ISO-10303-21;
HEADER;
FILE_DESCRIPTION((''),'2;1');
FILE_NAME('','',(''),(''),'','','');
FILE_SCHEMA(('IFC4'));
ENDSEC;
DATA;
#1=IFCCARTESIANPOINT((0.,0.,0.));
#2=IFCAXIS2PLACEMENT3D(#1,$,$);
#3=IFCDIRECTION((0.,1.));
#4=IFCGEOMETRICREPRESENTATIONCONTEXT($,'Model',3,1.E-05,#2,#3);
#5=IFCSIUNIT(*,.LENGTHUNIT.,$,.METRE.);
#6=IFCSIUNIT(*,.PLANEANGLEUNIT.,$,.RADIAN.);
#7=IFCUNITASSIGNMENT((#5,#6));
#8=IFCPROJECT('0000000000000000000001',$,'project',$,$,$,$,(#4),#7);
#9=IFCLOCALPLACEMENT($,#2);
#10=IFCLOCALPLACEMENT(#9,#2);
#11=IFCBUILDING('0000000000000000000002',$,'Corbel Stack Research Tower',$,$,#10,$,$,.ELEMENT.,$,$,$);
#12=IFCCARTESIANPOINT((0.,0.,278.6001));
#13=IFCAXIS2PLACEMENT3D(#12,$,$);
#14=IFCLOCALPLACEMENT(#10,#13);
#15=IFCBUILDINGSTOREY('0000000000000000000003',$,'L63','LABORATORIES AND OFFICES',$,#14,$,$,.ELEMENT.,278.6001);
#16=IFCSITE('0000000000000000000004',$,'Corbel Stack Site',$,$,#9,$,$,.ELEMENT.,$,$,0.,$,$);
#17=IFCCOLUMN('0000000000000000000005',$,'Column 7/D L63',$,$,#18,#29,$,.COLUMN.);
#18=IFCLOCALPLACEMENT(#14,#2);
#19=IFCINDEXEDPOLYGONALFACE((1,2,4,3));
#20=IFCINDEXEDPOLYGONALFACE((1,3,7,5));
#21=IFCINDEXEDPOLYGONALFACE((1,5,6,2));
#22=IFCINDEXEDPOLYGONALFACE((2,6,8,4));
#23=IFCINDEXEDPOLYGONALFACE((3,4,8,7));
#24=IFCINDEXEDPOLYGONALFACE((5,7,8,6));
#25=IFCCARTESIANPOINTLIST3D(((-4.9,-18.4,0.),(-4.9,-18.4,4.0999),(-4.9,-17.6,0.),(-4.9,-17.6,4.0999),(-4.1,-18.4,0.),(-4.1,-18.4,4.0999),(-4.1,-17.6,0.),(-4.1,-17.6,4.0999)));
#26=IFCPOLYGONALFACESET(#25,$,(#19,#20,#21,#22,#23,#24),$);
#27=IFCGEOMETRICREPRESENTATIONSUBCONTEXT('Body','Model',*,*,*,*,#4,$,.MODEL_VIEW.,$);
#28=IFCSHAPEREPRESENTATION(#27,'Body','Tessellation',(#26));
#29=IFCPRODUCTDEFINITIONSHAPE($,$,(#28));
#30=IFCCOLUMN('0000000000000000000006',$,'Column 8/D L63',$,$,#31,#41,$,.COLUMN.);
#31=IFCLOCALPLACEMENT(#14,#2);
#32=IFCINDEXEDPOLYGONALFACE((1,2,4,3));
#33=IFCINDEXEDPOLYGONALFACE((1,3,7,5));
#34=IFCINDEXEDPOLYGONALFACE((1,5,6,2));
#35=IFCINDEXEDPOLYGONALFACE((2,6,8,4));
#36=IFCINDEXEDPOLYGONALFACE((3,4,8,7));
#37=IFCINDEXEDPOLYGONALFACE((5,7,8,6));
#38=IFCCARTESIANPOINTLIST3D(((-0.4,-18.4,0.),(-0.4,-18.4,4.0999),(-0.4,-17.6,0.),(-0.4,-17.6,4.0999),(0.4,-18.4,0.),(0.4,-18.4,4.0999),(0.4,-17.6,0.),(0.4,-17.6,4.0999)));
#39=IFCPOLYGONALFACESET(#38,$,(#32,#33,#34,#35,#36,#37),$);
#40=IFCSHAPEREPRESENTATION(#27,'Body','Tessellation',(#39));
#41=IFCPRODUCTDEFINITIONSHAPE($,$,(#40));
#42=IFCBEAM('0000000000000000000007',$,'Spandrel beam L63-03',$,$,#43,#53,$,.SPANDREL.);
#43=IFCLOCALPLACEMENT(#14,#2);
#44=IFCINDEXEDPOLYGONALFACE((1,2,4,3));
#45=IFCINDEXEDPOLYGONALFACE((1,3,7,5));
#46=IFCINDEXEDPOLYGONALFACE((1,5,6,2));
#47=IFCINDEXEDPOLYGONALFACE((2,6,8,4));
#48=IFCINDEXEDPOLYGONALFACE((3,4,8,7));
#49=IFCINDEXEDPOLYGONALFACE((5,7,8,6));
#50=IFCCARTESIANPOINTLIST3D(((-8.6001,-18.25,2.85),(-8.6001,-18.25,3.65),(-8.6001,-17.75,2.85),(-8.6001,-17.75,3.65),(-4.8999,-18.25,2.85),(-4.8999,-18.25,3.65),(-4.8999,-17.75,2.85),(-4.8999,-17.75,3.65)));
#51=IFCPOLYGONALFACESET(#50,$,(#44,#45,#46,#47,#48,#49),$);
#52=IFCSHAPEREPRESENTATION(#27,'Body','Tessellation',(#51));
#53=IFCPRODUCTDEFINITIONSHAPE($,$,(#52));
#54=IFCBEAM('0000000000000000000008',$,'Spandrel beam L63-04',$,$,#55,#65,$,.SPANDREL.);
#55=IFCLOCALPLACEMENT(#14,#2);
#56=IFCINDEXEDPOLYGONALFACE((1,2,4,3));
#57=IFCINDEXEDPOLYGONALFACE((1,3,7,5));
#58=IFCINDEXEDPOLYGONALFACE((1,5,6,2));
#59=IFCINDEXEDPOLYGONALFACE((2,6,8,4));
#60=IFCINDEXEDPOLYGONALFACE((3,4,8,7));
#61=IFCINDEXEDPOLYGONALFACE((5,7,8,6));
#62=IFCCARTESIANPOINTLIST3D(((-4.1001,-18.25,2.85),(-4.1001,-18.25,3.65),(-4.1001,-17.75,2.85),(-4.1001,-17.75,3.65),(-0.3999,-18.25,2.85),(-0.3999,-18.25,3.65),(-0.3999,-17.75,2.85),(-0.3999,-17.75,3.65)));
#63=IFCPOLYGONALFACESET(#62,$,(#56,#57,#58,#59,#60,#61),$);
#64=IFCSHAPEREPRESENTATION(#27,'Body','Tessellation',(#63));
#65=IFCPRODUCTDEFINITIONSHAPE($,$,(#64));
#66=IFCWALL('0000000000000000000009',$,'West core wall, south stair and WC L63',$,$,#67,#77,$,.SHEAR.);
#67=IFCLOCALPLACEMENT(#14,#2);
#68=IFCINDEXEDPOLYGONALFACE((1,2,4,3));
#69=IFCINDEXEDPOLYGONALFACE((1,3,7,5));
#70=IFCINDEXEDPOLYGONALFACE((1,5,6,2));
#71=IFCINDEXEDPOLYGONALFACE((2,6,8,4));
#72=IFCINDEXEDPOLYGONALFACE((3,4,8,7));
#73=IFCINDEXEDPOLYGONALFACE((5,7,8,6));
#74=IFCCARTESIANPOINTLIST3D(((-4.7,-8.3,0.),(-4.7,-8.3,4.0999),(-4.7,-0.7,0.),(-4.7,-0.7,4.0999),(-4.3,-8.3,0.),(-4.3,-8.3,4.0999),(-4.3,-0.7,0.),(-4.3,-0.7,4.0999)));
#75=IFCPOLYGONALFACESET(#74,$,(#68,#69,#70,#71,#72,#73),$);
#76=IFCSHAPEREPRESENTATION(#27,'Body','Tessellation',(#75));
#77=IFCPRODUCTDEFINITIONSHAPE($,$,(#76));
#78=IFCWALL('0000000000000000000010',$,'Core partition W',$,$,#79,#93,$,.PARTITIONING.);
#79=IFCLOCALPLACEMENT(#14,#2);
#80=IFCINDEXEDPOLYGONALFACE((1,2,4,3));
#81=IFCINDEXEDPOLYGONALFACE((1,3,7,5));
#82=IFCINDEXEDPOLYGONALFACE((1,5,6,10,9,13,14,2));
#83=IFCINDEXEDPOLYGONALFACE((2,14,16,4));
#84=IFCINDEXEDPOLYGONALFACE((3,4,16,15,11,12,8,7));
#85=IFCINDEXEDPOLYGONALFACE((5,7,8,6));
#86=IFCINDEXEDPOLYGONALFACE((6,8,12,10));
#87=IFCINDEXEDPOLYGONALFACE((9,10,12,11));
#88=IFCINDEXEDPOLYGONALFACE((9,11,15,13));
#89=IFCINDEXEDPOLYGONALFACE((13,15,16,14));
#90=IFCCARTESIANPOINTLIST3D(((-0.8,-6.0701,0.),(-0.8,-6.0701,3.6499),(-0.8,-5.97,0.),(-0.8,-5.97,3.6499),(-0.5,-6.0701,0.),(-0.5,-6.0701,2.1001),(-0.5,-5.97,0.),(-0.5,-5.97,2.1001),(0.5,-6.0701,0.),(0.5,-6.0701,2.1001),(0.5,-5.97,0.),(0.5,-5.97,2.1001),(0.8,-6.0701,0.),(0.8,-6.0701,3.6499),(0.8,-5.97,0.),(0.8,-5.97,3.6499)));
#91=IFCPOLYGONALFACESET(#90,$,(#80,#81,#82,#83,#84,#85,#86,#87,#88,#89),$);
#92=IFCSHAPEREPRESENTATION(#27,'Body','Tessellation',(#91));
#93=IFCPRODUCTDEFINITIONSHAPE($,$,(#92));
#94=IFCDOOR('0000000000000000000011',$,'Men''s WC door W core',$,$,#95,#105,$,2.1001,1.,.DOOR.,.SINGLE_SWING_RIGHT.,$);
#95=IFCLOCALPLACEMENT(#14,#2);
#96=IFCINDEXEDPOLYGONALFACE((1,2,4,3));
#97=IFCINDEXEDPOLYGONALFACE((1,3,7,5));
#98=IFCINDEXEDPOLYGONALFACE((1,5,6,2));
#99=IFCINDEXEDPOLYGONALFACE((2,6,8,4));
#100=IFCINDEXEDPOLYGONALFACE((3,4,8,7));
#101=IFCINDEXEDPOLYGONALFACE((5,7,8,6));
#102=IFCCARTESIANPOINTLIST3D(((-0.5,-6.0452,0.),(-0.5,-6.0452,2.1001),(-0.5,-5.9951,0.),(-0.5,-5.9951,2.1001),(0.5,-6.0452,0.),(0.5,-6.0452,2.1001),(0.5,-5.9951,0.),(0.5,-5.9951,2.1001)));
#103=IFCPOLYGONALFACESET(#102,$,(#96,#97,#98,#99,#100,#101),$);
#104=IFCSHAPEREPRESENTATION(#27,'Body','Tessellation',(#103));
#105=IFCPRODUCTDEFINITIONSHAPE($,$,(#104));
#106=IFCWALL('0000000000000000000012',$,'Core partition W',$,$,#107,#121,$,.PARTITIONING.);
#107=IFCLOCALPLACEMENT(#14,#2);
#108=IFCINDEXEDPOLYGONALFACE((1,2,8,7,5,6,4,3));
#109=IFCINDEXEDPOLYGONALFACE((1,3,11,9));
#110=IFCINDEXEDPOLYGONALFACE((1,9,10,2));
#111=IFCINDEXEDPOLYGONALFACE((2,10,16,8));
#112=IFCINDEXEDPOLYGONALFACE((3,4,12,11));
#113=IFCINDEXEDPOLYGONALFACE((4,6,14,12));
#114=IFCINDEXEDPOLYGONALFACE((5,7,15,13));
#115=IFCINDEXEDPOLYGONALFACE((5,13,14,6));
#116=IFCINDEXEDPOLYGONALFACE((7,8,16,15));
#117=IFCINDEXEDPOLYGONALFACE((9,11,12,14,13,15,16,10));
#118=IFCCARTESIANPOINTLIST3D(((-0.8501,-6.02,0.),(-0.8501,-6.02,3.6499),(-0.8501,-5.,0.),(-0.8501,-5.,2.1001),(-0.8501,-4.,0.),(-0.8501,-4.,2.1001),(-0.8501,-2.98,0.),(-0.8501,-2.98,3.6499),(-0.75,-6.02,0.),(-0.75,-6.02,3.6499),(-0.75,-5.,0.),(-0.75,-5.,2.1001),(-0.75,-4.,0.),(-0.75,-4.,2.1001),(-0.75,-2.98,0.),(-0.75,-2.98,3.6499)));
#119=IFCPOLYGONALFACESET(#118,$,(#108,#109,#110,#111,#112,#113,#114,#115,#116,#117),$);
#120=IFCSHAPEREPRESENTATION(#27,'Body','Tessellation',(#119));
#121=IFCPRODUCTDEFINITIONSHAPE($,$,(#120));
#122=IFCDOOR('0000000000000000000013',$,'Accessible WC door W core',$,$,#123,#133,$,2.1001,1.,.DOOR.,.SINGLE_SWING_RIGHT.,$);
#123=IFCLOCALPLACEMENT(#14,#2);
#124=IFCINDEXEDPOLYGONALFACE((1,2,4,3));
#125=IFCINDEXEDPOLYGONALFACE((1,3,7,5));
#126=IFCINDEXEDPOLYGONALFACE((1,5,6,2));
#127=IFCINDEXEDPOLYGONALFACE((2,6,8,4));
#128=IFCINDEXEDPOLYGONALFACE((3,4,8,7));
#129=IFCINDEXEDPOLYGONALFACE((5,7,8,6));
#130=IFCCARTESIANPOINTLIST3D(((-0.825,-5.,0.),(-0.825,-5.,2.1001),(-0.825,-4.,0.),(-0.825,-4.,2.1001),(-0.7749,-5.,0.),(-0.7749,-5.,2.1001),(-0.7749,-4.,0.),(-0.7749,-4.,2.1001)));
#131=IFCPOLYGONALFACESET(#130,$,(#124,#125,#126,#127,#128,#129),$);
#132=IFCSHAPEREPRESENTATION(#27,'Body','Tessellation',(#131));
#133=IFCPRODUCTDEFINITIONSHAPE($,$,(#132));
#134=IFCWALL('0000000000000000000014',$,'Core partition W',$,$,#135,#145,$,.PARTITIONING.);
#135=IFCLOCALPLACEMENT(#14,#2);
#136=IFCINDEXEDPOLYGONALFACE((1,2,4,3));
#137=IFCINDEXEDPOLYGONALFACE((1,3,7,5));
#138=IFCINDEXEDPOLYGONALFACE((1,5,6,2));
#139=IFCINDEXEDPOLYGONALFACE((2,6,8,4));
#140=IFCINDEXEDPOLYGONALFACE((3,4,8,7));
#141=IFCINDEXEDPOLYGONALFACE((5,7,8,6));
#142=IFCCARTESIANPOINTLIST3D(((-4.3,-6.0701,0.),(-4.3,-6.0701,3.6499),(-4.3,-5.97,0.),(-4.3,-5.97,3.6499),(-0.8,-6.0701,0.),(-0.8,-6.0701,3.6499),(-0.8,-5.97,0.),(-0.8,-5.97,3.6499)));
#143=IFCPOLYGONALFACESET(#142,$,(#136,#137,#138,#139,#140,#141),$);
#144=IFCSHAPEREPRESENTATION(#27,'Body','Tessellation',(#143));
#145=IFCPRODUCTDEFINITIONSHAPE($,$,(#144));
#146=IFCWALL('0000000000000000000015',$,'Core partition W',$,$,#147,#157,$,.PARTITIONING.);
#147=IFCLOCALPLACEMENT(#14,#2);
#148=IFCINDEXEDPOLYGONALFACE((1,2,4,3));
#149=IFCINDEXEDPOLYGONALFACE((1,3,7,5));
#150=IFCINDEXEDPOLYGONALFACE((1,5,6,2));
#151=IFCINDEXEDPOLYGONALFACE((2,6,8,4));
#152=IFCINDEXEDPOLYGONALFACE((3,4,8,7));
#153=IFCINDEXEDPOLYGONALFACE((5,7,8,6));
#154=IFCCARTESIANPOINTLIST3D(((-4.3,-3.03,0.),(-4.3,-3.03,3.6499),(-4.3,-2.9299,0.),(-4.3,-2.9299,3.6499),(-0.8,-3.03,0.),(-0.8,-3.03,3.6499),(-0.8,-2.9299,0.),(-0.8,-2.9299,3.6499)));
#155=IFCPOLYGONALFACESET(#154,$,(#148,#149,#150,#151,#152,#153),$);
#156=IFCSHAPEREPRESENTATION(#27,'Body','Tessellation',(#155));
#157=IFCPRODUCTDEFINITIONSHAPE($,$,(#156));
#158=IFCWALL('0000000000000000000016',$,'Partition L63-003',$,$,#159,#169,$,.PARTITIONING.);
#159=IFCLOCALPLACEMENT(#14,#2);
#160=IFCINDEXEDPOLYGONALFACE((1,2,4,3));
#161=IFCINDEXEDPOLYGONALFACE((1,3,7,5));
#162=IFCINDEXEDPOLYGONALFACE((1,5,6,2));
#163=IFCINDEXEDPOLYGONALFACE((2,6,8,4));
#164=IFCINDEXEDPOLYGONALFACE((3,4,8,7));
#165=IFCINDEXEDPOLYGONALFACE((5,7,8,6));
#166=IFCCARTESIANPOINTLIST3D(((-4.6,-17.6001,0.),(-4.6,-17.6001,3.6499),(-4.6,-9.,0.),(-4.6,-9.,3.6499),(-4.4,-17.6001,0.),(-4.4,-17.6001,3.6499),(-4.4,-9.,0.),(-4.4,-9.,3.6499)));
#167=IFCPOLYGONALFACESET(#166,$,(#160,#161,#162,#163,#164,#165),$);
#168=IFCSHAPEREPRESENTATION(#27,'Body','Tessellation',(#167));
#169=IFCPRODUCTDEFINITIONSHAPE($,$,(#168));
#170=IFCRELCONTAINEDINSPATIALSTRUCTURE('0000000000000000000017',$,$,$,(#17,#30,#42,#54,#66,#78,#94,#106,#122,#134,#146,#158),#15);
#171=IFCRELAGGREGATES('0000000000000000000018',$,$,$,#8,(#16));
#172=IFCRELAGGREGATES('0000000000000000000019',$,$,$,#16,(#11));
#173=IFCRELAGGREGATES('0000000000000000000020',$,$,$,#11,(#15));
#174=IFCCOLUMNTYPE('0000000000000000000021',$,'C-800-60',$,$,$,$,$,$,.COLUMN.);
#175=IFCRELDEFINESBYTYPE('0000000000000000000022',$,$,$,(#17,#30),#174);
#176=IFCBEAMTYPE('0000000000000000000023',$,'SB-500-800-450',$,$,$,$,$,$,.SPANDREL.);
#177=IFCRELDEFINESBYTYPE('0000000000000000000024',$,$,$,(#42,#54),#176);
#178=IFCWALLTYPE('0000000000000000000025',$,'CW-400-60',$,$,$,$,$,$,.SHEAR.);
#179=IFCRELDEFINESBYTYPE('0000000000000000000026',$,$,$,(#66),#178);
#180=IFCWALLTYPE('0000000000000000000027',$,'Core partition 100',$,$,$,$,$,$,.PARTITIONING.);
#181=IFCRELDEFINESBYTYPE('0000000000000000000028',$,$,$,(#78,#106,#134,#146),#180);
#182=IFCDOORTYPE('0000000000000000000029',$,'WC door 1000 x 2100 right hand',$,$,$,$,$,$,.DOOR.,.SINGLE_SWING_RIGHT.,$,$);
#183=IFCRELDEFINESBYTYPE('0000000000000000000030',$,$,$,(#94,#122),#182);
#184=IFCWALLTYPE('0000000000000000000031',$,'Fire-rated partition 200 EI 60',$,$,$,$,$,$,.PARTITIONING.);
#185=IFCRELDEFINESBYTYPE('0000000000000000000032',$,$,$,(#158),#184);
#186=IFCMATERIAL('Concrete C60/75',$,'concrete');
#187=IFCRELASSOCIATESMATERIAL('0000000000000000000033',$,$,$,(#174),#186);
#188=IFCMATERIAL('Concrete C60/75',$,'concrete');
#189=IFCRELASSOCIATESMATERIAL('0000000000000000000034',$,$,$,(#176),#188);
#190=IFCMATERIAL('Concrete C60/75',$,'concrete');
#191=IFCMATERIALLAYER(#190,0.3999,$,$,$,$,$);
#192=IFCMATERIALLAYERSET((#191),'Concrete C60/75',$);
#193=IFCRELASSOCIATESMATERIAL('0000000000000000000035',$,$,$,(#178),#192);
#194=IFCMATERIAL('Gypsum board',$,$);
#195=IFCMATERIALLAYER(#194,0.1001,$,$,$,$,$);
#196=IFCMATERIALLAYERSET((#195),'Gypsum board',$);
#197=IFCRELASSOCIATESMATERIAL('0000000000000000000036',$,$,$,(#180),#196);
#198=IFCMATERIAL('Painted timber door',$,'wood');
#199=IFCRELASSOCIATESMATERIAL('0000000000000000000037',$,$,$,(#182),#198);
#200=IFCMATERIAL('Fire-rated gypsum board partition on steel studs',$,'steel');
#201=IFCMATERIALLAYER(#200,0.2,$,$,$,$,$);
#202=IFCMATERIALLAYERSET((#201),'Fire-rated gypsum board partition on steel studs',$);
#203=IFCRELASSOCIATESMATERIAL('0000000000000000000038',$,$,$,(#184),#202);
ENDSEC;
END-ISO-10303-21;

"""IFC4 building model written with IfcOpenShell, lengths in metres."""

from ifc_helpers import new_model, si_unit, direction, frame, frame_2d, origin, origin_2d, place, context, subcontext, project, spatial, rectangle, extrude, material, layer, layer_set, material_profile, profile_set, type_object, element, fill, save


model = new_model("IFC4")

# Units and contexts
model_context = context("Model", 3, precision=1e-05, world=origin(), true_north=direction((0.0, 1.0)))
body_context = subcontext(model_context, "Body", "Model", "MODEL_VIEW")
ifc_project = project(units=[si_unit("LENGTHUNIT", "METRE"), si_unit("PLANEANGLEUNIT", "RADIAN")], contexts=[model_context])

# Site, building, storey
site_placement = place(None, origin())
site = spatial("IfcSite", under=ifc_project, at=site_placement, Name="Corbel Stack Site", CompositionType="ELEMENT", RefElevation=0.0)
building_placement = place(site_placement, origin())
building = spatial("IfcBuilding", under=site, at=building_placement, Name="Corbel Stack Research Tower", CompositionType="ELEMENT")
storey_placement = place(building_placement, frame((0.0, 0.0, 278.6001)))
storey = spatial("IfcBuildingStorey", under=building, at=storey_placement, Name="L63", Description="LABORATORIES AND OFFICES", CompositionType="ELEMENT", Elevation=278.6001)

# Columns
ifc_material_1 = material(Name="Concrete C60/75", Category="concrete")
ifc_material_profile_1 = material_profile(ifc_material_1, rectangle(XDim=0.8, YDim=0.8, at=origin_2d()), Name="RC 800 x 800")
ifc_profile_set_1 = profile_set([ifc_material_profile_1], Name="Concrete C60/75")
column_type = type_object("IfcColumnType", Name="C-800-60", PredefinedType="COLUMN", material=ifc_profile_set_1)
for number, where, z_axis, x_axis, name in (
    (1, (-4.5, -18.0, 0.0), (0.0, 0.0, 1.0), (1.0, 0.0, 0.0), "Column 7/D L63"),
    (2, (0.0, -18.0, 0.0), (0.0, 0.0, 1.0), (1.0, 0.0, 0.0), "Column 8/D L63"),
):
    element("IfcColumn", number, at=place(storey_placement, frame(where, z_axis=z_axis, x_axis=x_axis)), inside=storey, type_object=column_type, Name=name, PredefinedType="COLUMN", context=body_context, shape_type="SweptSolid", body=[
        extrude(rectangle(XDim=0.8, YDim=0.8, at=origin_2d()), origin(), (0.0, 0.0, 1.0), 4.0999),
    ])

# Beams
ifc_material_2 = material(Name="Concrete C60/75", Category="concrete")
ifc_material_profile_2 = material_profile(ifc_material_2, rectangle(XDim=0.5, YDim=0.8, at=origin_2d()), Name="RC 500 x 800")
ifc_profile_set_2 = profile_set([ifc_material_profile_2], Name="Concrete C60/75")
beam_type = type_object("IfcBeamType", Name="SB-500-800-450", PredefinedType="SPANDREL", material=ifc_profile_set_2)
for number, where, z_axis, x_axis, name in (
    (3, (-8.6001, -18.0, 3.25), (1.0, 0.0, 0.0), (0.0, 1.0, 0.0), "Spandrel beam L63-03"),
    (4, (-4.1001, -18.0, 3.25), (1.0, 0.0, 0.0), (0.0, 1.0, 0.0), "Spandrel beam L63-04"),
):
    element("IfcBeam", number, at=place(storey_placement, frame(where, z_axis=z_axis, x_axis=x_axis)), inside=storey, type_object=beam_type, Name=name, PredefinedType="SPANDREL", context=body_context, shape_type="SweptSolid", body=[
        extrude(rectangle(XDim=0.5, YDim=0.8, at=origin_2d()), origin(), (0.0, 0.0, 1.0), 3.7002),
    ])

# Wall
ifc_material_3 = material(Name="Concrete C60/75", Category="concrete")
ifc_layer_1 = layer(ifc_material_3, 0.3999)
ifc_layer_set_1 = layer_set([ifc_layer_1], Name="Concrete C60/75")
wall_type_1 = type_object("IfcWallType", Name="CW-400-60", PredefinedType="SHEAR", material=ifc_layer_set_1)
wall_1_placement = place(storey_placement, frame((-4.5, -8.3, 0.0), z_axis=(0.0, 0.0, 1.0), x_axis=(0.0, 1.0, 0.0)))
element("IfcWall", 5, at=wall_1_placement, inside=storey, type_object=wall_type_1, Name="West core wall, south stair and WC L63", PredefinedType="SHEAR", context=body_context, shape_type="SweptSolid", body=[
    extrude(rectangle(XDim=7.6001, YDim=0.3999, at=frame_2d((3.8, 0.0))), origin(), (0.0, 0.0, 1.0), 4.0999),
])

# Walls, openings, doors
ifc_material_4 = material(Name="Gypsum board")
ifc_layer_2 = layer(ifc_material_4, 0.1001)
ifc_layer_set_2 = layer_set([ifc_layer_2], Name="Gypsum board")
wall_type_2 = type_object("IfcWallType", Name="Core partition 100", PredefinedType="PARTITIONING", material=ifc_layer_set_2)
wall_2_placement = place(storey_placement, frame((-0.8, -6.02, 0.0), z_axis=(0.0, 0.0, 1.0), x_axis=(1.0, 0.0, 0.0)))
wall_2 = element("IfcWall", 6, at=wall_2_placement, inside=storey, type_object=wall_type_2, Name="Core partition W", PredefinedType="PARTITIONING", context=body_context, shape_type="SweptSolid", body=[
    extrude(rectangle(XDim=1.6001, YDim=0.1001, at=frame_2d((0.8, 0.0))), origin(), (0.0, 0.0, 1.0), 3.6499),
])
opening_1_placement = place(wall_2_placement, frame((0.3, 0.0, 0.0)))
opening_1 = element("IfcOpeningElement", 7, at=opening_1_placement, cuts=wall_2, PredefinedType="OPENING", context=body_context, shape_type="SweptSolid", body=[
    extrude(rectangle(XDim=1.0, YDim=2.1001, at=frame_2d((0.5, 1.05))), frame((0.0, 0.0601, 0.0), z_axis=(0.0, -1.0, 0.0), x_axis=(1.0, 0.0, 0.0)), (0.0, 0.0, 1.0), 0.1201),
])
ifc_material_5 = material(Name="Painted timber door", Category="wood")
door_type = type_object("IfcDoorType", Name="WC door 1000 x 2100 right hand", OperationType="SINGLE_SWING_RIGHT", PredefinedType="DOOR", material=ifc_material_5)
door_1_placement = place(opening_1_placement, origin())
door_1 = element("IfcDoor", 8, at=door_1_placement, inside=storey, type_object=door_type, Name="Men's WC door W core", OperationType="SINGLE_SWING_RIGHT", OverallHeight=2.1001, OverallWidth=1.0, PredefinedType="DOOR", context=body_context, shape_type="SweptSolid", body=[
    extrude(rectangle(XDim=1.0, YDim=2.1001, at=frame_2d((0.5, 1.05))), frame((0.0, 0.0249, 0.0), z_axis=(0.0, -1.0, 0.0), x_axis=(1.0, 0.0, 0.0)), (0.0, 0.0, 1.0), 0.05),
])
fill(opening_1, door_1)
wall_3_placement = place(storey_placement, frame((-0.8, -6.02, 0.0), z_axis=(0.0, 0.0, 1.0), x_axis=(0.0, 1.0, 0.0)))
wall_3 = element("IfcWall", 9, at=wall_3_placement, inside=storey, type_object=wall_type_2, Name="Core partition W", PredefinedType="PARTITIONING", context=body_context, shape_type="SweptSolid", body=[
    extrude(rectangle(XDim=3.04, YDim=0.1001, at=frame_2d((1.52, 0.0))), origin(), (0.0, 0.0, 1.0), 3.6499),
])
opening_2_placement = place(wall_3_placement, frame((1.02, 0.0, 0.0)))
opening_2 = element("IfcOpeningElement", 10, at=opening_2_placement, cuts=wall_3, PredefinedType="OPENING", context=body_context, shape_type="SweptSolid", body=[
    extrude(rectangle(XDim=1.0, YDim=2.1001, at=frame_2d((0.5, 1.05))), frame((0.0, 0.0601, 0.0), z_axis=(0.0, -1.0, 0.0), x_axis=(1.0, 0.0, 0.0)), (0.0, 0.0, 1.0), 0.1201),
])
door_2_placement = place(opening_2_placement, origin())
door_2 = element("IfcDoor", 11, at=door_2_placement, inside=storey, type_object=door_type, Name="Accessible WC door W core", OperationType="SINGLE_SWING_RIGHT", OverallHeight=2.1001, OverallWidth=1.0, PredefinedType="DOOR", context=body_context, shape_type="SweptSolid", body=[
    extrude(rectangle(XDim=1.0, YDim=2.1001, at=frame_2d((0.5, 1.05))), frame((0.0, 0.0249, 0.0), z_axis=(0.0, -1.0, 0.0), x_axis=(1.0, 0.0, 0.0)), (0.0, 0.0, 1.0), 0.05),
])
fill(opening_2, door_2)

# Walls
for number, where, z_axis, x_axis, name in (
    (12, (-4.3, -6.02, 0.0), (0.0, 0.0, 1.0), (1.0, 0.0, 0.0), "Core partition W"),
    (13, (-4.3, -2.98, 0.0), (0.0, 0.0, 1.0), (1.0, 0.0, 0.0), "Core partition W"),
):
    element("IfcWall", number, at=place(storey_placement, frame(where, z_axis=z_axis, x_axis=x_axis)), inside=storey, type_object=wall_type_2, Name=name, PredefinedType="PARTITIONING", context=body_context, shape_type="SweptSolid", body=[
        extrude(rectangle(XDim=3.5, YDim=0.1001, at=frame_2d((1.75, 0.0))), origin(), (0.0, 0.0, 1.0), 3.6499),
    ])
ifc_material_6 = material(Name="Fire-rated gypsum board partition on steel studs", Category="steel")
ifc_layer_3 = layer(ifc_material_6, 0.2)
ifc_layer_set_3 = layer_set([ifc_layer_3], Name="Fire-rated gypsum board partition on steel studs")
wall_type_3 = type_object("IfcWallType", Name="Fire-rated partition 200 EI 60", PredefinedType="PARTITIONING", material=ifc_layer_set_3)
wall_4_placement = place(storey_placement, frame((-4.5, -17.6001, 0.0), z_axis=(0.0, 0.0, 1.0), x_axis=(0.0, 1.0, 0.0)))
element("IfcWall", 14, at=wall_4_placement, inside=storey, type_object=wall_type_3, Name="Partition L63-003", PredefinedType="PARTITIONING", context=body_context, shape_type="SweptSolid", body=[
    extrude(rectangle(XDim=8.6001, YDim=0.2, at=frame_2d((4.3, 0.0))), origin(), (0.0, 0.0, 1.0), 3.6499),
])

save(model, "model.ifc")
